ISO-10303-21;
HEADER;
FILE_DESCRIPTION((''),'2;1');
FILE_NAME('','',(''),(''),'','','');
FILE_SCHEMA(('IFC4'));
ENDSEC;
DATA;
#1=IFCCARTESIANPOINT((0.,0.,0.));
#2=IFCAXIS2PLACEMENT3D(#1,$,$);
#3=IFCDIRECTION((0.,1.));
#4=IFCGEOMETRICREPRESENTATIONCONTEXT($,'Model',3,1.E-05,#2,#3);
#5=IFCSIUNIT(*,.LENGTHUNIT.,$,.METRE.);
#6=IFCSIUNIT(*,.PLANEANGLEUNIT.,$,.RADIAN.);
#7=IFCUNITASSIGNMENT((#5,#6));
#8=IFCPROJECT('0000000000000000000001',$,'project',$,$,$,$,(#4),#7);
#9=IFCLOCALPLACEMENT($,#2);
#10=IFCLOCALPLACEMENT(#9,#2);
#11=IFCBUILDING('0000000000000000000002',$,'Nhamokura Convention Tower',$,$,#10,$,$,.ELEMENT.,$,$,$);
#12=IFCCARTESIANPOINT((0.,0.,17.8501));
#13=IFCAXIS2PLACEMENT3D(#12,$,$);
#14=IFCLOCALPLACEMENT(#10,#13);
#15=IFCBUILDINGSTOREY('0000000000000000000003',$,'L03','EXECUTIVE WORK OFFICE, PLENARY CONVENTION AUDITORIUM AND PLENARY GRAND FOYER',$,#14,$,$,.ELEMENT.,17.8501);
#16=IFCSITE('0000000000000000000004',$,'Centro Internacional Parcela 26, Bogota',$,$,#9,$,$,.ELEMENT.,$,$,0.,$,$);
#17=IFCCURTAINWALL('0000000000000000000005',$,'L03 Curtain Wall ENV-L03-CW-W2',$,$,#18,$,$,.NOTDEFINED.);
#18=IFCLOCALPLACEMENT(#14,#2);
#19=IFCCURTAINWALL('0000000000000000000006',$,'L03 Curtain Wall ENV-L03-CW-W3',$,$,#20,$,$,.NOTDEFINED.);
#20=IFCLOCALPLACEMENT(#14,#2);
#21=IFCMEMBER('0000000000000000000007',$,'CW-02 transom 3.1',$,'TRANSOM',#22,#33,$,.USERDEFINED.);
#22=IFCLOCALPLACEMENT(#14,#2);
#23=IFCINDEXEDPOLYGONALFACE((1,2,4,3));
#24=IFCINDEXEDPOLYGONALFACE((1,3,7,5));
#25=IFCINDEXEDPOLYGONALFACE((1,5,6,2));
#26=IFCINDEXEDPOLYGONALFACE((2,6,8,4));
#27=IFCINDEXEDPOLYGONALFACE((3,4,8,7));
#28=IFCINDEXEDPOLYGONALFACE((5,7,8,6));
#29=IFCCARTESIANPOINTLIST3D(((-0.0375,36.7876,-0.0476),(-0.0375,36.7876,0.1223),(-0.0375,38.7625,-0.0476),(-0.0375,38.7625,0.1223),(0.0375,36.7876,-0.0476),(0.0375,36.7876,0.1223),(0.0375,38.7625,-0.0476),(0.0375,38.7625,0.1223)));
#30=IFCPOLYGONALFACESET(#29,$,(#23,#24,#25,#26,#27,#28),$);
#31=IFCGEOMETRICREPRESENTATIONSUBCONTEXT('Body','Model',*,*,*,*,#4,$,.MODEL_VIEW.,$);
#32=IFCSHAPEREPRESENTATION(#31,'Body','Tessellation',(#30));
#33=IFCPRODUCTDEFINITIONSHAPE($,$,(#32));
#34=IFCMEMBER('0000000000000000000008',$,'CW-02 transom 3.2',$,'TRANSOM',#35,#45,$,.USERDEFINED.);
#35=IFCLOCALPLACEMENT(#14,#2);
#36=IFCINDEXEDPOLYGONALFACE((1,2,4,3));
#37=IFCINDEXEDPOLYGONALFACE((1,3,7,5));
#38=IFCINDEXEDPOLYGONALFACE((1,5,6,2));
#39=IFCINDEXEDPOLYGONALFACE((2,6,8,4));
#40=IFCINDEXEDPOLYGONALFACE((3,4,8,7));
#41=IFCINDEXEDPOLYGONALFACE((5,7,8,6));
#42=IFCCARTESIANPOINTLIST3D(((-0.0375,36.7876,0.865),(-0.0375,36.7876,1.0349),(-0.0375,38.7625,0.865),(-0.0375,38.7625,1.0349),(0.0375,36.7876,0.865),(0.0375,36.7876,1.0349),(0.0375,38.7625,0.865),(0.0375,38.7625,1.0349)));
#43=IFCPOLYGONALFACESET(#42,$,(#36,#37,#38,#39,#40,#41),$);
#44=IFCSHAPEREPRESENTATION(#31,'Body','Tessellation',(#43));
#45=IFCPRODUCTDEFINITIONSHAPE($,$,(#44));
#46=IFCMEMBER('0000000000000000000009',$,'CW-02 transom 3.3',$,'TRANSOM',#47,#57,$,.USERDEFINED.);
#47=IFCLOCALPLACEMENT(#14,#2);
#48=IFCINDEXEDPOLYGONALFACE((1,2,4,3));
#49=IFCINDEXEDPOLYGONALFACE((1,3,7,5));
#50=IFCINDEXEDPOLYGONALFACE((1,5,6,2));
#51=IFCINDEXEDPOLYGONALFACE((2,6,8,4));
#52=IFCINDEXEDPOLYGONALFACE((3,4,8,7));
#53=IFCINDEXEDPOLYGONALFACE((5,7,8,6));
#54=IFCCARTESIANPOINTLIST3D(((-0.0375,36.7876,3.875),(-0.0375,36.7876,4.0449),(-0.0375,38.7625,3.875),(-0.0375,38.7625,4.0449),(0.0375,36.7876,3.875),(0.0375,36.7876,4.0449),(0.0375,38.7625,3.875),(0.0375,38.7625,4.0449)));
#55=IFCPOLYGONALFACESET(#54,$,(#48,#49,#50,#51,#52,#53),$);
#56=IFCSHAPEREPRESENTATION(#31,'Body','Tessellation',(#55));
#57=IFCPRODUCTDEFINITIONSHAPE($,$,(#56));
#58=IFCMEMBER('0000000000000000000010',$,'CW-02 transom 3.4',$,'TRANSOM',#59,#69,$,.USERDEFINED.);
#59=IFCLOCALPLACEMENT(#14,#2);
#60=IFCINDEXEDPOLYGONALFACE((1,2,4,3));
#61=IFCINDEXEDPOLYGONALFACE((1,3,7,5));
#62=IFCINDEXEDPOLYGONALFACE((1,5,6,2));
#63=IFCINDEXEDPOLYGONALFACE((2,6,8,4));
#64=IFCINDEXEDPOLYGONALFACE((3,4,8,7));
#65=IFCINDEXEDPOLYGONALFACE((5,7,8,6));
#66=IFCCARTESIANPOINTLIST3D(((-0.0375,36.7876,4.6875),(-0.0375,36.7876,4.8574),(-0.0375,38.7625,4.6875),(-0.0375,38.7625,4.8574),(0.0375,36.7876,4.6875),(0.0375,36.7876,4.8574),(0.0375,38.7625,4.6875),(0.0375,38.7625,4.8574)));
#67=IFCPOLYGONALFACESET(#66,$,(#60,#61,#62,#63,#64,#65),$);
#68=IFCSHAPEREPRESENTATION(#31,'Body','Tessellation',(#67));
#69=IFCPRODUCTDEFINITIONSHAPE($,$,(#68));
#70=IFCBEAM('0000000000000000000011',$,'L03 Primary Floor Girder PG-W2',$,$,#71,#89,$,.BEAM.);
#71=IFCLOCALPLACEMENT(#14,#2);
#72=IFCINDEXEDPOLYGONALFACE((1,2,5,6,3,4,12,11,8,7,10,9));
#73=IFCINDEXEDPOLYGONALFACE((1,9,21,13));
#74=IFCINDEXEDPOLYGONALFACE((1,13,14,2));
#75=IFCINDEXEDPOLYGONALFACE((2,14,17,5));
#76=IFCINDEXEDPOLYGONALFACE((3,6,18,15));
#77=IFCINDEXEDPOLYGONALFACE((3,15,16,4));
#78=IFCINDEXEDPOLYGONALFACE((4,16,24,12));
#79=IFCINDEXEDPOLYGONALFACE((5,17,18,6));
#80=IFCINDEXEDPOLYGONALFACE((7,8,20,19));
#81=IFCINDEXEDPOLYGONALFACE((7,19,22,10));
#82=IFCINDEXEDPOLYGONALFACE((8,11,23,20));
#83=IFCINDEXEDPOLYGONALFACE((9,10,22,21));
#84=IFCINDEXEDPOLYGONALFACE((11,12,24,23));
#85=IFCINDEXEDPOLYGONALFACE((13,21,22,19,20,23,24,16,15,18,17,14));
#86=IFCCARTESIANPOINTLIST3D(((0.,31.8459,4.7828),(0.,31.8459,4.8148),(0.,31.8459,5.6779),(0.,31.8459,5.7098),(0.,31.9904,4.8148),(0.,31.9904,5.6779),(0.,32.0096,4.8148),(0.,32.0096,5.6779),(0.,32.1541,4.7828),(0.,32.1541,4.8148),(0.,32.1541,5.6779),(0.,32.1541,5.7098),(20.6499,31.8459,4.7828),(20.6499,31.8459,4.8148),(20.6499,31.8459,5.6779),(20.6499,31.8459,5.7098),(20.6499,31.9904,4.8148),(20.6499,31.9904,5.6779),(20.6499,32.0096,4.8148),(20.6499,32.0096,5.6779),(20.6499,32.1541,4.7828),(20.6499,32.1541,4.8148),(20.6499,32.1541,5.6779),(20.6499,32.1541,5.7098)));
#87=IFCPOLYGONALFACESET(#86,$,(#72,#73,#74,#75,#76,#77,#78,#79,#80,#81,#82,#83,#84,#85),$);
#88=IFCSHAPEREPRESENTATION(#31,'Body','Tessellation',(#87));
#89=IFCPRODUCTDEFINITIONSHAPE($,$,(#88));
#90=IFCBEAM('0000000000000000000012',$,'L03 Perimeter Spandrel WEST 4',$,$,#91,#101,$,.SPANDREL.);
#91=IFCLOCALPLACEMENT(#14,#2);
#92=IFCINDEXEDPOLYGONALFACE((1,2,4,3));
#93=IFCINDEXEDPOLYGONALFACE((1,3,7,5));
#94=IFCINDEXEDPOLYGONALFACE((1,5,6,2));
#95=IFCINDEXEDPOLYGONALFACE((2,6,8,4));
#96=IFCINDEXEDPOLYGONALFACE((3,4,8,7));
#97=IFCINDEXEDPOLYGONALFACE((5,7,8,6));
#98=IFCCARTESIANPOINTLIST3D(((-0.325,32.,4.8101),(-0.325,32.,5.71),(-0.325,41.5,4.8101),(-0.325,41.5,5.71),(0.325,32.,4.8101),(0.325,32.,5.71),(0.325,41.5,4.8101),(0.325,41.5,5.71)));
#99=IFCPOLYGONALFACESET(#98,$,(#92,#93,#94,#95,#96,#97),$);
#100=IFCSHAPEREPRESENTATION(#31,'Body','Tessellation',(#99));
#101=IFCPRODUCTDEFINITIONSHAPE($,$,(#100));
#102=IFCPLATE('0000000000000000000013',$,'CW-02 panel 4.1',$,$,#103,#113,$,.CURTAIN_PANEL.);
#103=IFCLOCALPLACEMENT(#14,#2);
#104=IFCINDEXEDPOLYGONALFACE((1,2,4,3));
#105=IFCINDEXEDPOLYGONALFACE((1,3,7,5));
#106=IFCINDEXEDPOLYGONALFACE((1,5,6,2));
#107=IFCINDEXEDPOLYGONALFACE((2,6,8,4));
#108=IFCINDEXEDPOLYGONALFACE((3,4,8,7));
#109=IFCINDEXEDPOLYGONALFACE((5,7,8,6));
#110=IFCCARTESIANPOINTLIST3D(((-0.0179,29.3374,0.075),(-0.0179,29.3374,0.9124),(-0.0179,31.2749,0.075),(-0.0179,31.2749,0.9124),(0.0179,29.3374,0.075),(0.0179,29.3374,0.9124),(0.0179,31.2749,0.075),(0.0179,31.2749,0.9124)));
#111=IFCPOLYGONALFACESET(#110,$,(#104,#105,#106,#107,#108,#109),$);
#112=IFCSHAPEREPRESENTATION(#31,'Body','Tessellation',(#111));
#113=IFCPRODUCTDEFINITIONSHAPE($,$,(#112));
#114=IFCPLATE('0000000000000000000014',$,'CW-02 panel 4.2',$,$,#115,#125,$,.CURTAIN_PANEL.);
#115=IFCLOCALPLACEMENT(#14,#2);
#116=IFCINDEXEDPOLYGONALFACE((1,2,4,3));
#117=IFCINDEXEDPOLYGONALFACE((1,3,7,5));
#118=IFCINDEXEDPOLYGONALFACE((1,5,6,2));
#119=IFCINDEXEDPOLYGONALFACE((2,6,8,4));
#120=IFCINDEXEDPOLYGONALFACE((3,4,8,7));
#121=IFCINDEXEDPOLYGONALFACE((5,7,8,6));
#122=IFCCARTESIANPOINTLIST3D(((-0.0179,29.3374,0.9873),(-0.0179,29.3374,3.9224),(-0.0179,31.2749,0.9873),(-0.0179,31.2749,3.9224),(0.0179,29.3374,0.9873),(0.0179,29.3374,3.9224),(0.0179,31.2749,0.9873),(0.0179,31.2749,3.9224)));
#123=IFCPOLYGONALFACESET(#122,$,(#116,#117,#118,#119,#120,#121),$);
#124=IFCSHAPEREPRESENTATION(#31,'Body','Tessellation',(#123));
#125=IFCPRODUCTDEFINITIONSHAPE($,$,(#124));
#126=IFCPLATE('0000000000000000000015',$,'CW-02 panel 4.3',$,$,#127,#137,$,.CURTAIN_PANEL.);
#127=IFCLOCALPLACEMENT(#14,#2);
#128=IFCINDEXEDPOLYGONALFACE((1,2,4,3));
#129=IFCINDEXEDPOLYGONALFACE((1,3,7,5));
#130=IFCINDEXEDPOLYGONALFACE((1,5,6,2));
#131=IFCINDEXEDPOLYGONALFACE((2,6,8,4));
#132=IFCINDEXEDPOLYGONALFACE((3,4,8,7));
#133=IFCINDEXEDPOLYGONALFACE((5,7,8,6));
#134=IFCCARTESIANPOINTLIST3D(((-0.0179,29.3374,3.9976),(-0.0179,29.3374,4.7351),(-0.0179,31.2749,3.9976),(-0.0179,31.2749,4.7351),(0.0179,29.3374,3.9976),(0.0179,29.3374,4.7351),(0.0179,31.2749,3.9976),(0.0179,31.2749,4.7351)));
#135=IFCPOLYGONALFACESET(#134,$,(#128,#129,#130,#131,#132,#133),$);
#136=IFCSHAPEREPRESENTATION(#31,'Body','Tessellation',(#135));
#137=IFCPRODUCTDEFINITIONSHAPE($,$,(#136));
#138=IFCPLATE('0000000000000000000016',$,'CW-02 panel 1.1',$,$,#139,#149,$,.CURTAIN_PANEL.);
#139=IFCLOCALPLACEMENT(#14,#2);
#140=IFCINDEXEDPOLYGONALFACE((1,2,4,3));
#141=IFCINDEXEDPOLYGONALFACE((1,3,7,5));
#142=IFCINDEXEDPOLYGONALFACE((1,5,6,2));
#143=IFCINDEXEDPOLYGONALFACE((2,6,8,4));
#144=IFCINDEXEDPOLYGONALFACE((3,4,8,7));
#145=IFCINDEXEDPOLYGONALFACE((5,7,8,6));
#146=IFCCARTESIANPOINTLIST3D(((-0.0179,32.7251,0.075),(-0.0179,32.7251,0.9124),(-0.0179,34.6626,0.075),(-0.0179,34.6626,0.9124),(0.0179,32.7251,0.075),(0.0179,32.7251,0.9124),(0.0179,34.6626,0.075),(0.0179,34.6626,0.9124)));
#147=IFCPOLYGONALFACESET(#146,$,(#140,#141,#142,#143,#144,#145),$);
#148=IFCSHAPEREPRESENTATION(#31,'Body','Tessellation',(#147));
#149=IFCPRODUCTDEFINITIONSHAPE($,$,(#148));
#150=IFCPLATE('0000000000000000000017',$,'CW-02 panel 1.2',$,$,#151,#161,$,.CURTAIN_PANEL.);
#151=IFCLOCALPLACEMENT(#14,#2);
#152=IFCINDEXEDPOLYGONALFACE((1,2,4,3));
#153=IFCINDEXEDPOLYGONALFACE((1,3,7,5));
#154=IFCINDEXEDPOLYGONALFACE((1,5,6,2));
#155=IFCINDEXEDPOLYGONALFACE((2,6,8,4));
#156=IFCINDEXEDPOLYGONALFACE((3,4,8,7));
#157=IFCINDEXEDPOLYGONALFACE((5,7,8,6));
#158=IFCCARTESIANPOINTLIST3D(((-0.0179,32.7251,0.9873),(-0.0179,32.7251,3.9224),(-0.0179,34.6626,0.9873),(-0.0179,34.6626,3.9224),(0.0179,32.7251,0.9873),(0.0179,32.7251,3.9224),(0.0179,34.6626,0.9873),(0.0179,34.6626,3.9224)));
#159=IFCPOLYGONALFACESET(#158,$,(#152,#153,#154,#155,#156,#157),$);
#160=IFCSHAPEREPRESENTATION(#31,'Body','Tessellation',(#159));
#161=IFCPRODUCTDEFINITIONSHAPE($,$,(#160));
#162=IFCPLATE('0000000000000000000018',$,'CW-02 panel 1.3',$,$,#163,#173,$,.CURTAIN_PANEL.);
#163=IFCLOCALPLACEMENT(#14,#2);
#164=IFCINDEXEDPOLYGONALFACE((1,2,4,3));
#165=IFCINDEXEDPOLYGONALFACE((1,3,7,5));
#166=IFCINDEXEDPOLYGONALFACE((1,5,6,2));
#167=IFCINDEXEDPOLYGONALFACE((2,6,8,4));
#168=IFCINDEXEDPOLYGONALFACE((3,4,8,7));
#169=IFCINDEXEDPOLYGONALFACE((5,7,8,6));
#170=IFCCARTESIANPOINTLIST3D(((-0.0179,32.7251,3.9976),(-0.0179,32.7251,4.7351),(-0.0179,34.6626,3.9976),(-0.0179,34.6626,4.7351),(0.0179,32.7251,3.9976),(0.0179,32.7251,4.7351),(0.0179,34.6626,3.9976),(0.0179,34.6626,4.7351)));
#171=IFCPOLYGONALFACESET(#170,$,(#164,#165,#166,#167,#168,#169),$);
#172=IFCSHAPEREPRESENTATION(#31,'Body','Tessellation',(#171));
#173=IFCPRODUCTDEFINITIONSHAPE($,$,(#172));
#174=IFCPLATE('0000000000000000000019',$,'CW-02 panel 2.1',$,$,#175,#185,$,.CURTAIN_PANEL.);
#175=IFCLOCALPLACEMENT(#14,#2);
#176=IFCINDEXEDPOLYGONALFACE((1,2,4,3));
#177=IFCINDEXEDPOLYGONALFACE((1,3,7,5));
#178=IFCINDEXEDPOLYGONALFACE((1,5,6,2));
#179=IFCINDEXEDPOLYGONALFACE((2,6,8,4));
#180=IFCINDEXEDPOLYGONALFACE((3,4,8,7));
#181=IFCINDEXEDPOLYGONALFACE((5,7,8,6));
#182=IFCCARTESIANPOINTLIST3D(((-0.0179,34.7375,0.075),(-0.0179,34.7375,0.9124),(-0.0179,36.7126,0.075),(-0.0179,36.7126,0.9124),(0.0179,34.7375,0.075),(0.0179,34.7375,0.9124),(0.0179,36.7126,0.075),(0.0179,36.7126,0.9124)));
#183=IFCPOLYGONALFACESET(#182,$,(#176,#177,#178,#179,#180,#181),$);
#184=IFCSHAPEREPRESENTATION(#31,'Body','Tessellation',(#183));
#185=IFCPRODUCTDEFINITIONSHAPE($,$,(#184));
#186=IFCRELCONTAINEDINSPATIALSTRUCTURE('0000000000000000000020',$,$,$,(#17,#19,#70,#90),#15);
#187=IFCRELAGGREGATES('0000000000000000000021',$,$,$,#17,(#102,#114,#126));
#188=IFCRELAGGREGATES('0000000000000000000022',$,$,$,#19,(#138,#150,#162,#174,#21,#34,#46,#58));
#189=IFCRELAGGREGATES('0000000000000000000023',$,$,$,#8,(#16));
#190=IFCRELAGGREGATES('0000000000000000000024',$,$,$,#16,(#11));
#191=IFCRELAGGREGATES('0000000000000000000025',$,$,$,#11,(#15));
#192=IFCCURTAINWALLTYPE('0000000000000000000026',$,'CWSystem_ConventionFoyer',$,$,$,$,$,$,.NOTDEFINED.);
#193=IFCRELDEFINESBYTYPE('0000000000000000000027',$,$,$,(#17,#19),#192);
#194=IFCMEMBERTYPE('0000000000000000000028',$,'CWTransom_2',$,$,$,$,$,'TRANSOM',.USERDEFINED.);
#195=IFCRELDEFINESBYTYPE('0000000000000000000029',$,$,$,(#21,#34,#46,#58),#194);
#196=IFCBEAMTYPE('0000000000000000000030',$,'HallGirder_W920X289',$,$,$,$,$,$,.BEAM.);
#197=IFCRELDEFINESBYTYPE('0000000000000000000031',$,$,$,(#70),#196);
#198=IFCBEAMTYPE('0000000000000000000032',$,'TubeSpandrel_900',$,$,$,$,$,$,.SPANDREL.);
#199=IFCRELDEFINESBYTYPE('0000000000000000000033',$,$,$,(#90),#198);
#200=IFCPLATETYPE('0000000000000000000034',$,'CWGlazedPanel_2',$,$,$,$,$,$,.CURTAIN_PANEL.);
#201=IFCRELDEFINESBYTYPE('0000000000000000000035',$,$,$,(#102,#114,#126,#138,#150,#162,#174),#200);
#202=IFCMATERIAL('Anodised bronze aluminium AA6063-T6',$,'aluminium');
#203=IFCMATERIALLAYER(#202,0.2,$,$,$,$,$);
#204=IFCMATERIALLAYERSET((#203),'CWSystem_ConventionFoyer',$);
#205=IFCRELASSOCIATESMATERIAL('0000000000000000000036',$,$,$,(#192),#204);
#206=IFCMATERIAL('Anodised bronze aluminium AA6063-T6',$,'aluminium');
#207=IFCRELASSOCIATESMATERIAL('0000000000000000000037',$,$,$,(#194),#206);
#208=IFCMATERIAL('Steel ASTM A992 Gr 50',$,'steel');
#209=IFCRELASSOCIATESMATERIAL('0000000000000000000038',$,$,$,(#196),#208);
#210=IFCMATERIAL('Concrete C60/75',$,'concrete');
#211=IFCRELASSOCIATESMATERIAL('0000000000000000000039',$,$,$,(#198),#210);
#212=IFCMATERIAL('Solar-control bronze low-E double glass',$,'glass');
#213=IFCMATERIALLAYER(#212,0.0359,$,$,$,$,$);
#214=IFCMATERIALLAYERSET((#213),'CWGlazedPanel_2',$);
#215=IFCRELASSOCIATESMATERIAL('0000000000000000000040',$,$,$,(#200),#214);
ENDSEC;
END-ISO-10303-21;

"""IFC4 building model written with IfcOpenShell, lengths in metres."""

from ifc_helpers import new_model, si_unit, direction, frame, origin, origin_2d, place, context, subcontext, project, spatial, rectangle, i_section, extrude, material, layer, layer_set, material_profile, profile_set, type_object, element, aggregate, save


model = new_model("IFC4")

# Units and contexts
model_context = context("Model", 3, precision=1e-05, world=origin(), true_north=direction((0.0, 1.0)))
body_context = subcontext(model_context, "Body", "Model", "MODEL_VIEW")
ifc_project = project(units=[si_unit("LENGTHUNIT", "METRE"), si_unit("PLANEANGLEUNIT", "RADIAN")], contexts=[model_context])

# Site, building, storey
site_placement = place(None, origin())
site = spatial("IfcSite", under=ifc_project, at=site_placement, Name="Centro Internacional Parcela 26, Bogota", CompositionType="ELEMENT", RefElevation=0.0)
building_placement = place(site_placement, origin())
building = spatial("IfcBuilding", under=site, at=building_placement, Name="Nhamokura Convention Tower", CompositionType="ELEMENT")
storey_placement = place(building_placement, frame((0.0, 0.0, 17.8501)))
storey = spatial("IfcBuildingStorey", under=building, at=storey_placement, Name="L03", Description="EXECUTIVE WORK OFFICE, PLENARY CONVENTION AUDITORIUM AND PLENARY GRAND FOYER", CompositionType="ELEMENT", Elevation=17.8501)

# Curtain wall
ifc_material_1 = material(Name="Anodised bronze aluminium AA6063-T6", Category="aluminium")
ifc_layer_1 = layer(ifc_material_1, 0.2)
ifc_layer_set_1 = layer_set([ifc_layer_1], Name="CWSystem_ConventionFoyer")
curtain_wall_type = type_object("IfcCurtainWallType", Name="CWSystem_ConventionFoyer", PredefinedType="NOTDEFINED", material=ifc_layer_set_1)
curtain_wall_1_placement = place(storey_placement, origin())
curtain_wall_1 = element("IfcCurtainWall", 1, at=curtain_wall_1_placement, inside=storey, type_object=curtain_wall_type, Name="L03 Curtain Wall ENV-L03-CW-W2", PredefinedType="NOTDEFINED")

# Curtain wall, members
curtain_wall_2_placement = place(storey_placement, origin())
curtain_wall_2 = element("IfcCurtainWall", 2, at=curtain_wall_2_placement, inside=storey, type_object=curtain_wall_type, Name="L03 Curtain Wall ENV-L03-CW-W3", PredefinedType="NOTDEFINED")
ifc_material_2 = material(Name="Anodised bronze aluminium AA6063-T6", Category="aluminium")
ifc_material_profile_1 = material_profile(ifc_material_2, rectangle(XDim=0.075, YDim=0.1699, at=origin_2d()))
ifc_profile_set_1 = profile_set([ifc_material_profile_1], Name="Anodised bronze aluminium AA6063-T6")
member_type_1 = type_object("IfcMemberType", Name="CWTransom_2", ElementType="TRANSOM", PredefinedType="USERDEFINED", material=ifc_profile_set_1)
member_1_placement = place(storey_placement, frame((0.0, 36.7876, 0.0374), z_axis=(0.0, 1.0, 0.0), x_axis=(-1.0, 0.0, 0.0)))
member_1 = element("IfcMember", 3, at=member_1_placement, type_object=member_type_1, Name="CW-02 transom 3.1", ObjectType="TRANSOM", PredefinedType="USERDEFINED", context=body_context, shape_type="SweptSolid", body=[
    extrude(rectangle(XDim=0.075, YDim=0.1699, at=origin_2d()), origin(), (0.0, 0.0, 1.0), 1.9749),
])
member_2_placement = place(storey_placement, frame((0.0, 36.7876, 0.95), z_axis=(0.0, 1.0, 0.0), x_axis=(-1.0, 0.0, 0.0)))
member_2 = element("IfcMember", 4, at=member_2_placement, type_object=member_type_1, Name="CW-02 transom 3.2", ObjectType="TRANSOM", PredefinedType="USERDEFINED", context=body_context, shape_type="SweptSolid", body=[
    extrude(rectangle(XDim=0.075, YDim=0.1699, at=origin_2d()), origin(), (0.0, 0.0, 1.0), 1.9749),
])
member_3_placement = place(storey_placement, frame((0.0, 36.7876, 3.96), z_axis=(0.0, 1.0, 0.0), x_axis=(-1.0, 0.0, 0.0)))
member_3 = element("IfcMember", 5, at=member_3_placement, type_object=member_type_1, Name="CW-02 transom 3.3", ObjectType="TRANSOM", PredefinedType="USERDEFINED", context=body_context, shape_type="SweptSolid", body=[
    extrude(rectangle(XDim=0.075, YDim=0.1699, at=origin_2d()), origin(), (0.0, 0.0, 1.0), 1.9749),
])
member_4_placement = place(storey_placement, frame((0.0, 36.7876, 4.7725), z_axis=(0.0, 1.0, 0.0), x_axis=(-1.0, 0.0, 0.0)))
member_4 = element("IfcMember", 6, at=member_4_placement, type_object=member_type_1, Name="CW-02 transom 3.4", ObjectType="TRANSOM", PredefinedType="USERDEFINED", context=body_context, shape_type="SweptSolid", body=[
    extrude(rectangle(XDim=0.075, YDim=0.1699, at=origin_2d()), origin(), (0.0, 0.0, 1.0), 1.9749),
])

# Beams
ifc_material_3 = material(Name="Steel ASTM A992 Gr 50", Category="steel")
ifc_material_profile_2 = material_profile(ifc_material_3, i_section(OverallWidth=0.3081, OverallDepth=0.927, WebThickness=0.0193, FlangeThickness=0.032, at=origin_2d()))
ifc_profile_set_2 = profile_set([ifc_material_profile_2], Name="Steel ASTM A992 Gr 50")
beam_type_1 = type_object("IfcBeamType", Name="HallGirder_W920X289", PredefinedType="BEAM", material=ifc_profile_set_2)
beam_1_placement = place(storey_placement, frame((0.0, 32.0, 5.2463), z_axis=(1.0, 0.0, 0.0), x_axis=(0.0, 1.0, 0.0)))
element("IfcBeam", 7, at=beam_1_placement, inside=storey, type_object=beam_type_1, Name="L03 Primary Floor Girder PG-W2", PredefinedType="BEAM", context=body_context, shape_type="SweptSolid", body=[
    extrude(i_section(OverallWidth=0.3081, OverallDepth=0.927, WebThickness=0.0193, FlangeThickness=0.032, at=origin_2d()), origin(), (0.0, 0.0, 1.0), 20.6499),
])
ifc_material_4 = material(Name="Concrete C60/75", Category="concrete")
ifc_material_profile_3 = material_profile(ifc_material_4, rectangle(XDim=0.6499, YDim=0.8999, at=origin_2d()))
ifc_profile_set_3 = profile_set([ifc_material_profile_3], Name="Concrete C60/75")
beam_type_2 = type_object("IfcBeamType", Name="TubeSpandrel_900", PredefinedType="SPANDREL", material=ifc_profile_set_3)
beam_2_placement = place(storey_placement, frame((0.0, 32.0, 5.26), z_axis=(0.0, 1.0, 0.0), x_axis=(-1.0, 0.0, 0.0)))
element("IfcBeam", 8, at=beam_2_placement, inside=storey, type_object=beam_type_2, Name="L03 Perimeter Spandrel WEST 4", PredefinedType="SPANDREL", context=body_context, shape_type="SweptSolid", body=[
    extrude(rectangle(XDim=0.6499, YDim=0.8999, at=origin_2d()), origin(), (0.0, 0.0, 1.0), 9.5),
])

# Plates
ifc_material_5 = material(Name="Solar-control bronze low-E double glass", Category="glass")
ifc_layer_2 = layer(ifc_material_5, 0.0359)
ifc_layer_set_2 = layer_set([ifc_layer_2], Name="CWGlazedPanel_2")
plate_type = type_object("IfcPlateType", Name="CWGlazedPanel_2", PredefinedType="CURTAIN_PANEL", material=ifc_layer_set_2)
plate_1_placement = place(storey_placement, frame((0.0, 30.3062, 0.075), z_axis=(0.0, 0.0, 1.0), x_axis=(0.0, 1.0, 0.0)))
plate_1 = element("IfcPlate", 9, at=plate_1_placement, type_object=plate_type, Name="CW-02 panel 4.1", PredefinedType="CURTAIN_PANEL", context=body_context, shape_type="SweptSolid", body=[
    extrude(rectangle(XDim=1.9375, YDim=0.0359, at=origin_2d()), origin(), (0.0, 0.0, 1.0), 0.8374),
])
plate_2_placement = place(storey_placement, frame((0.0, 30.3062, 0.9873), z_axis=(0.0, 0.0, 1.0), x_axis=(0.0, 1.0, 0.0)))
plate_2 = element("IfcPlate", 10, at=plate_2_placement, type_object=plate_type, Name="CW-02 panel 4.2", PredefinedType="CURTAIN_PANEL", context=body_context, shape_type="SweptSolid", body=[
    extrude(rectangle(XDim=1.9375, YDim=0.0359, at=origin_2d()), origin(), (0.0, 0.0, 1.0), 2.9351),
])
plate_3_placement = place(storey_placement, frame((0.0, 30.3062, 3.9976), z_axis=(0.0, 0.0, 1.0), x_axis=(0.0, 1.0, 0.0)))
plate_3 = element("IfcPlate", 11, at=plate_3_placement, type_object=plate_type, Name="CW-02 panel 4.3", PredefinedType="CURTAIN_PANEL", context=body_context, shape_type="SweptSolid", body=[
    extrude(rectangle(XDim=1.9375, YDim=0.0359, at=origin_2d()), origin(), (0.0, 0.0, 1.0), 0.7375),
])
aggregate(curtain_wall_1, [plate_1, plate_2, plate_3])
plate_4_placement = place(storey_placement, frame((0.0, 33.6938, 0.075), z_axis=(0.0, 0.0, 1.0), x_axis=(0.0, 1.0, 0.0)))
plate_4 = element("IfcPlate", 12, at=plate_4_placement, type_object=plate_type, Name="CW-02 panel 1.1", PredefinedType="CURTAIN_PANEL", context=body_context, shape_type="SweptSolid", body=[
    extrude(rectangle(XDim=1.9375, YDim=0.0359, at=origin_2d()), origin(), (0.0, 0.0, 1.0), 0.8374),
])
plate_5_placement = place(storey_placement, frame((0.0, 33.6938, 0.9873), z_axis=(0.0, 0.0, 1.0), x_axis=(0.0, 1.0, 0.0)))
plate_5 = element("IfcPlate", 13, at=plate_5_placement, type_object=plate_type, Name="CW-02 panel 1.2", PredefinedType="CURTAIN_PANEL", context=body_context, shape_type="SweptSolid", body=[
    extrude(rectangle(XDim=1.9375, YDim=0.0359, at=origin_2d()), origin(), (0.0, 0.0, 1.0), 2.9351),
])
plate_6_placement = place(storey_placement, frame((0.0, 33.6938, 3.9976), z_axis=(0.0, 0.0, 1.0), x_axis=(0.0, 1.0, 0.0)))
plate_6 = element("IfcPlate", 14, at=plate_6_placement, type_object=plate_type, Name="CW-02 panel 1.3", PredefinedType="CURTAIN_PANEL", context=body_context, shape_type="SweptSolid", body=[
    extrude(rectangle(XDim=1.9375, YDim=0.0359, at=origin_2d()), origin(), (0.0, 0.0, 1.0), 0.7375),
])
plate_7_placement = place(storey_placement, frame((0.0, 35.7251, 0.075), z_axis=(0.0, 0.0, 1.0), x_axis=(0.0, 1.0, 0.0)))
plate_7 = element("IfcPlate", 15, at=plate_7_placement, type_object=plate_type, Name="CW-02 panel 2.1", PredefinedType="CURTAIN_PANEL", context=body_context, shape_type="SweptSolid", body=[
    extrude(rectangle(XDim=1.9751, YDim=0.0359, at=origin_2d()), origin(), (0.0, 0.0, 1.0), 0.8374),
])
aggregate(curtain_wall_2, [plate_4, plate_5, plate_6, plate_7, member_1, member_2, member_3, member_4])

save(model, "model.ifc")
